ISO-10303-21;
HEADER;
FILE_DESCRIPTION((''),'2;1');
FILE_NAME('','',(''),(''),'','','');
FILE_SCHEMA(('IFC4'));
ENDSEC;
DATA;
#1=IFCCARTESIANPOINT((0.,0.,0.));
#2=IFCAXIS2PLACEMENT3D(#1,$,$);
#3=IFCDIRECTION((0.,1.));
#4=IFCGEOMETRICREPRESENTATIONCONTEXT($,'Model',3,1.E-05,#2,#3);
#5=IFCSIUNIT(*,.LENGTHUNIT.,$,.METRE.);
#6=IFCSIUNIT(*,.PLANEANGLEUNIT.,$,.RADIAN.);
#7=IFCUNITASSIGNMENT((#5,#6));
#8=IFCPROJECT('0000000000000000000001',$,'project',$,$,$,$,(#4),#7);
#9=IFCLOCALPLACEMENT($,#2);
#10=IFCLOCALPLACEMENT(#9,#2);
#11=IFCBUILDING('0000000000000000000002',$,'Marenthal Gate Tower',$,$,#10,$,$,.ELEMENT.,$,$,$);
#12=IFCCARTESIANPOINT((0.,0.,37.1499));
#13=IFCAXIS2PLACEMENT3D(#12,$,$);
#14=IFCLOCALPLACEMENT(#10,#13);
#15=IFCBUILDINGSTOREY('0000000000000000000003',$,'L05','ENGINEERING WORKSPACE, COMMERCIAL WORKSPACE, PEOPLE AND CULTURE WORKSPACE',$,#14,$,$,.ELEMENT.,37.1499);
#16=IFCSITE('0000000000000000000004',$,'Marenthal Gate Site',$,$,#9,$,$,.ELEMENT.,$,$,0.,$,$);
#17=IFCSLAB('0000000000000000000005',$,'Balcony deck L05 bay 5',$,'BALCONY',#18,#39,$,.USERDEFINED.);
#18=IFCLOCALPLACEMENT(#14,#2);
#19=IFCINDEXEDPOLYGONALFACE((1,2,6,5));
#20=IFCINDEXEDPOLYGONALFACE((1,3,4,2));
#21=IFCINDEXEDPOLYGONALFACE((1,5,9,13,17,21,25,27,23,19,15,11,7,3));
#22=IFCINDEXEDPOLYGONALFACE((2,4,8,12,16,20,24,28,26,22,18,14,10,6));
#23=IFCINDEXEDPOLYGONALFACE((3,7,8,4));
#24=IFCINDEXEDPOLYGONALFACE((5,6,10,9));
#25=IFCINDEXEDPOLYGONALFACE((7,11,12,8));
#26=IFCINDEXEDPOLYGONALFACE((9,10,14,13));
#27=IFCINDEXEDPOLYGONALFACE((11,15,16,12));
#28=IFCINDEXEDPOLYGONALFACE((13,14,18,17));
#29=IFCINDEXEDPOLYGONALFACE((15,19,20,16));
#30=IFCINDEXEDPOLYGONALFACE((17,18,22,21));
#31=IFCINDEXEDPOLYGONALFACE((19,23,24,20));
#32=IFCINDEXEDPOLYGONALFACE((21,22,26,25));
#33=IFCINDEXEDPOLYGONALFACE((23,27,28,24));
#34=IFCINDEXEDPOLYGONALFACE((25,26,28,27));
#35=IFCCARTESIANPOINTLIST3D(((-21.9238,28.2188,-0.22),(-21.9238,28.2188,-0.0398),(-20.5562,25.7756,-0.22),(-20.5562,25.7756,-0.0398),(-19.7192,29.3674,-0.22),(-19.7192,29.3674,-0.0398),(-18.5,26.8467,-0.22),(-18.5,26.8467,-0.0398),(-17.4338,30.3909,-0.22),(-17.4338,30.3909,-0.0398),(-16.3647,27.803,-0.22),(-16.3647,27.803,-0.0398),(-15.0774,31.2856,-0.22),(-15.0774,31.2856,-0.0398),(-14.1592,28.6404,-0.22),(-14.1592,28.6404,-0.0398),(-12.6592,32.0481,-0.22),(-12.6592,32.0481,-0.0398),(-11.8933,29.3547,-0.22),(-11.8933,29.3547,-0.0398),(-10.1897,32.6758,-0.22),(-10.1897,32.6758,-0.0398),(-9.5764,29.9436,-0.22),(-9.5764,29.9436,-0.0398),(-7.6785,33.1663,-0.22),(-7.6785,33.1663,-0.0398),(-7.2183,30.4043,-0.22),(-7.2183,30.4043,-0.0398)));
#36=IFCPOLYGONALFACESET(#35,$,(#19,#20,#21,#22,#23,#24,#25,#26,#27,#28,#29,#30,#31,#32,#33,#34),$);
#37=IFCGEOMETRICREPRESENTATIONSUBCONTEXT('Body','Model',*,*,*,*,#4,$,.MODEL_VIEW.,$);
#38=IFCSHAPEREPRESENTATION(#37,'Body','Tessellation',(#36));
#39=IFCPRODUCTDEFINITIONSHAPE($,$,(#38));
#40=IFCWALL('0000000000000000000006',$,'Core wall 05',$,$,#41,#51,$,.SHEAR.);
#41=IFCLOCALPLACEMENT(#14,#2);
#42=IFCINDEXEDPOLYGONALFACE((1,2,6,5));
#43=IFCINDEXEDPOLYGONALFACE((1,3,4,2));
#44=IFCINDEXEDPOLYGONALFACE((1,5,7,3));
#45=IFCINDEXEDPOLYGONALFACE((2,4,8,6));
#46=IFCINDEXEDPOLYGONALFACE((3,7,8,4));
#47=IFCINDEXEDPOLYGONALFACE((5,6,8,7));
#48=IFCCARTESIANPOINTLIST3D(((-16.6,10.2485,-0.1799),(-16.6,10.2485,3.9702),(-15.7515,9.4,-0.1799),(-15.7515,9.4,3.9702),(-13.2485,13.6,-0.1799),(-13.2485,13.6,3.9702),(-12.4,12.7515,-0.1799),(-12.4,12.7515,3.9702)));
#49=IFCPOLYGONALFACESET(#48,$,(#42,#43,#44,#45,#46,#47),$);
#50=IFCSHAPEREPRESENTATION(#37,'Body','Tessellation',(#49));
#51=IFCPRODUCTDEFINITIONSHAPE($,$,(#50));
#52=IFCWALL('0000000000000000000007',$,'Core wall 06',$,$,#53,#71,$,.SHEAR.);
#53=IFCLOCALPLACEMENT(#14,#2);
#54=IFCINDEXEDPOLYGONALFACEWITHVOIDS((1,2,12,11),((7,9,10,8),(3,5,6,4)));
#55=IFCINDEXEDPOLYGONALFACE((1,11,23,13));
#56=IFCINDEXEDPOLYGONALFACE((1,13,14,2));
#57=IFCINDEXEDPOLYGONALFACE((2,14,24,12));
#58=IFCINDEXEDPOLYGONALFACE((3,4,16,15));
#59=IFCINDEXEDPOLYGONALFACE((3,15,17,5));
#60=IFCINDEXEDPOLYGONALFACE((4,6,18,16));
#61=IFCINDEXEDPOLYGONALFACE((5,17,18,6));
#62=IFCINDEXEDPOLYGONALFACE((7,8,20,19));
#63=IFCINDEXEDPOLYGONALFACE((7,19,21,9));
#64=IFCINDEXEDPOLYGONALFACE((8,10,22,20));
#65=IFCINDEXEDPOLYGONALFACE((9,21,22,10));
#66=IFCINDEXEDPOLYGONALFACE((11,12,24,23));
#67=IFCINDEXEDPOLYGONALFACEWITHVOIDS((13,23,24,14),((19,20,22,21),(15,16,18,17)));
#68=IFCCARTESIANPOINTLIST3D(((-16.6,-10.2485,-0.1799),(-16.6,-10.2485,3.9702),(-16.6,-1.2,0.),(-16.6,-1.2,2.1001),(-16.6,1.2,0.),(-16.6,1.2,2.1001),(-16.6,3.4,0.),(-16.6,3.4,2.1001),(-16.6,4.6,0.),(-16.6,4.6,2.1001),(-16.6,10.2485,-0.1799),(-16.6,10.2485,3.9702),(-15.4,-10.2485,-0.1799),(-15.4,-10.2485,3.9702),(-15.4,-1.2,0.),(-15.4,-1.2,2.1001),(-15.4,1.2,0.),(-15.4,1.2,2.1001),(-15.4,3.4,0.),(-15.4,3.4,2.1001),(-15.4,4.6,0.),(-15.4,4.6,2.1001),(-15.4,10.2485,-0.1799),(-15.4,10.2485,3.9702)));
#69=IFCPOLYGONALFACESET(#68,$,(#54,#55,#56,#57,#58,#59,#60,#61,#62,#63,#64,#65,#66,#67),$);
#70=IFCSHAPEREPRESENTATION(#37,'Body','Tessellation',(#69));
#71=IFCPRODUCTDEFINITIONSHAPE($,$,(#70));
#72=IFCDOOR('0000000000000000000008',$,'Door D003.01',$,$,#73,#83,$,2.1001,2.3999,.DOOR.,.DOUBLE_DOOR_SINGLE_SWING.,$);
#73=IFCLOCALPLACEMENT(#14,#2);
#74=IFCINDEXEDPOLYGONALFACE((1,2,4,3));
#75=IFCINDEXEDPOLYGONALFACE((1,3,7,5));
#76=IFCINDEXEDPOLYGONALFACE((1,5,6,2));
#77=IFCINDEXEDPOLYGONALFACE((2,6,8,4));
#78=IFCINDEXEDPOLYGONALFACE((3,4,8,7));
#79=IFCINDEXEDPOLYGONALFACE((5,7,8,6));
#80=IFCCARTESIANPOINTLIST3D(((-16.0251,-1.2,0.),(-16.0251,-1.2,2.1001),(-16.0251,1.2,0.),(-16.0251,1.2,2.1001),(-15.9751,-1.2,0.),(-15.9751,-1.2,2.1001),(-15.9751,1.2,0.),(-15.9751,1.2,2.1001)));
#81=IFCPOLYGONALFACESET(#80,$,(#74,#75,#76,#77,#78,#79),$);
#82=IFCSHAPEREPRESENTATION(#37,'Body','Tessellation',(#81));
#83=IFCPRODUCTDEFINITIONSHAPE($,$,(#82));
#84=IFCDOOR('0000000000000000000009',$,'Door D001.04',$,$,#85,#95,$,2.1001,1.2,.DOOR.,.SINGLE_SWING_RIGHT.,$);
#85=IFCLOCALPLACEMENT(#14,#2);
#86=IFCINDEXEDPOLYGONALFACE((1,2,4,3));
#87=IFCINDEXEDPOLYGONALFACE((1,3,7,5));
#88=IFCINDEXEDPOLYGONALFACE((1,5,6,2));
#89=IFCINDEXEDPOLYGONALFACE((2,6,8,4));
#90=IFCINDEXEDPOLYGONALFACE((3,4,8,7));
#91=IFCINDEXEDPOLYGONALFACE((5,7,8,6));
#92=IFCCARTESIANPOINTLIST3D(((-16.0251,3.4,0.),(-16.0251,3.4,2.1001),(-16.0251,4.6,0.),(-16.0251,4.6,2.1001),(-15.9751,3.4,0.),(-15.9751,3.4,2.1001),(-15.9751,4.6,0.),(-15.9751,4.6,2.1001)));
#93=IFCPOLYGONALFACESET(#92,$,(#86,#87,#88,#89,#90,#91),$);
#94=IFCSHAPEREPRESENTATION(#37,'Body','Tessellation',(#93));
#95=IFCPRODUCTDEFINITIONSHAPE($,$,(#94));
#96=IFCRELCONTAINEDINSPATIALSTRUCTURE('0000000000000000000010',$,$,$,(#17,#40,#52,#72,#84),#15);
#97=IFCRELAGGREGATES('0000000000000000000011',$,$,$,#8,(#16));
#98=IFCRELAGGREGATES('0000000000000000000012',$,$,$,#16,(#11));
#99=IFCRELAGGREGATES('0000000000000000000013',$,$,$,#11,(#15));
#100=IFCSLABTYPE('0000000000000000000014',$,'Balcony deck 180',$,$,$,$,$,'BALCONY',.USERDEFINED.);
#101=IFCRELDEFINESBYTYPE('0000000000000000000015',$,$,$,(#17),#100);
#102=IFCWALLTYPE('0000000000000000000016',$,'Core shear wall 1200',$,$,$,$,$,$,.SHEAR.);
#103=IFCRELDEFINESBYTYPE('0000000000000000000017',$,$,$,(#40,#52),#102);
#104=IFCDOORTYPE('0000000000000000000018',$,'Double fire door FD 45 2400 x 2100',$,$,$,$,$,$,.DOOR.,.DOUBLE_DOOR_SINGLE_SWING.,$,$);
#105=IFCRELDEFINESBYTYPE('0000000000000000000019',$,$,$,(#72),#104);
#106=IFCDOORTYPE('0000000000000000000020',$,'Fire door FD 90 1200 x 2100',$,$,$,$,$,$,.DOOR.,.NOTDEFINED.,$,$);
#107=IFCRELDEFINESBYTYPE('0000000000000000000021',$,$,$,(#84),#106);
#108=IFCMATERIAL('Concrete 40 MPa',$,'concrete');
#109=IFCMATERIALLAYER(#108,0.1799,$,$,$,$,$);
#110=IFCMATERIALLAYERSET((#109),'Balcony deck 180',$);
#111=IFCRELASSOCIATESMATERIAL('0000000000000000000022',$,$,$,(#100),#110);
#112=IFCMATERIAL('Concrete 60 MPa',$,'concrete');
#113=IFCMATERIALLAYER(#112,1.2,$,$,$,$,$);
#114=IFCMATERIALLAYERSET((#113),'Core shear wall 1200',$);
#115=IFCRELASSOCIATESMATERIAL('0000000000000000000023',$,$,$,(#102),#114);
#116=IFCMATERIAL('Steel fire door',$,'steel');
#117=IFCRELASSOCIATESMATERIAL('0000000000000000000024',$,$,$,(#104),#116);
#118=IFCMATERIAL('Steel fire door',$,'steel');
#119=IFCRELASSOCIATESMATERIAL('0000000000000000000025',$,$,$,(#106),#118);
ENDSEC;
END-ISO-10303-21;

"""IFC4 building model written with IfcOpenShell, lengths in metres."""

from ifc_helpers import new_model, si_unit, direction, frame, frame_2d, origin, place, context, subcontext, project, spatial, polyline, rectangle, outline, extrude, material, layer, layer_set, type_object, element, fill, save


model = new_model("IFC4")

# Units and contexts
model_context = context("Model", 3, precision=1e-05, world=origin(), true_north=direction((0.0, 1.0)))
body_context = subcontext(model_context, "Body", "Model", "MODEL_VIEW")
ifc_project = project(units=[si_unit("LENGTHUNIT", "METRE"), si_unit("PLANEANGLEUNIT", "RADIAN")], contexts=[model_context])

# Site, building, storey
site_placement = place(None, origin())
site = spatial("IfcSite", under=ifc_project, at=site_placement, Name="Marenthal Gate Site", CompositionType="ELEMENT", RefElevation=0.0)
building_placement = place(site_placement, origin())
building = spatial("IfcBuilding", under=site, at=building_placement, Name="Marenthal Gate Tower", CompositionType="ELEMENT")
storey_placement = place(building_placement, frame((0.0, 0.0, 37.1499)))
storey = spatial("IfcBuildingStorey", under=building, at=storey_placement, Name="L05", Description="ENGINEERING WORKSPACE, COMMERCIAL WORKSPACE, PEOPLE AND CULTURE WORKSPACE", CompositionType="ELEMENT", Elevation=37.1499)

# Slab
ifc_material_1 = material(Name="Concrete 40 MPa", Category="concrete")
ifc_layer_1 = layer(ifc_material_1, 0.1799)
ifc_layer_set_1 = layer_set([ifc_layer_1], Name="Balcony deck 180")
slab_type = type_object("IfcSlabType", Name="Balcony deck 180", ElementType="BALCONY", PredefinedType="USERDEFINED", material=ifc_layer_set_1)
slab_placement = place(storey_placement, frame((0.0, 0.0, -0.22)))
element("IfcSlab", 1, at=slab_placement, inside=storey, type_object=slab_type, Name="Balcony deck L05 bay 5", ObjectType="BALCONY", PredefinedType="USERDEFINED", context=body_context, shape_type="SweptSolid", body=[
    extrude(outline(polyline([(-7.2183, 30.4043), (-9.5764, 29.9436), (-11.8933, 29.3547), (-14.1592, 28.6404), (-16.3647, 27.803), (-18.5, 26.8467), (-20.5562, 25.7756), (-21.9238, 28.2188), (-19.7192, 29.3674), (-17.4338, 30.3909), (-15.0774, 31.2856), (-12.6592, 32.0481), (-10.1897, 32.6758), (-7.6785, 33.1663), (-7.2183, 30.4043)])), origin(), (0.0, 0.0, 1.0), 0.1802),
])

# Wall
ifc_material_2 = material(Name="Concrete 60 MPa", Category="concrete")
ifc_layer_2 = layer(ifc_material_2, 1.2)
ifc_layer_set_2 = layer_set([ifc_layer_2], Name="Core shear wall 1200")
wall_type_1 = type_object("IfcWallType", Name="Core shear wall 1200", PredefinedType="SHEAR", material=ifc_layer_set_2)
wall_1_placement = place(storey_placement, frame((-12.8242, 13.1758, -0.1799), z_axis=(0.0, 0.0, 1.0), x_axis=(-0.707107, -0.707107, 0.0)))
element("IfcWall", 2, at=wall_1_placement, inside=storey, type_object=wall_type_1, Name="Core wall 05", PredefinedType="SHEAR", context=body_context, shape_type="SweptSolid", body=[
    extrude(rectangle(XDim=4.7397, YDim=1.2, at=frame_2d((2.3699, 0.0))), origin(), (0.0, 0.0, 1.0), 4.1501),
])

# Wall, openings, doors
wall_2_placement = place(storey_placement, frame((-16.0, 10.2485, -0.1799), z_axis=(0.0, 0.0, 1.0), x_axis=(0.0, -1.0, 0.0)))
wall_2 = element("IfcWall", 3, at=wall_2_placement, inside=storey, type_object=wall_type_1, Name="Core wall 06", PredefinedType="SHEAR", context=body_context, shape_type="SweptSolid", body=[
    extrude(rectangle(XDim=20.4971, YDim=1.2, at=frame_2d((10.2485, 0.0))), origin(), (0.0, 0.0, 1.0), 4.1501),
])
opening_1_placement = place(wall_2_placement, frame((9.0486, 0.0, 0.1799)))
opening_1 = element("IfcOpeningElement", 4, at=opening_1_placement, cuts=wall_2, PredefinedType="OPENING", context=body_context, shape_type="SweptSolid", body=[
    extrude(rectangle(XDim=2.3999, YDim=2.1001, at=frame_2d((1.2, 1.05))), frame((0.0, 0.6099, 0.0), z_axis=(0.0, -1.0, 0.0), x_axis=(1.0, 0.0, 0.0)), (0.0, 0.0, 1.0), 1.22),
])
opening_2_placement = place(wall_2_placement, frame((5.6484, 0.0, 0.1799)))
opening_2 = element("IfcOpeningElement", 5, at=opening_2_placement, cuts=wall_2, PredefinedType="OPENING", context=body_context, shape_type="SweptSolid", body=[
    extrude(rectangle(XDim=1.2, YDim=2.1001, at=frame_2d((0.6001, 1.05))), frame((0.0, 0.6099, 0.0), z_axis=(0.0, -1.0, 0.0), x_axis=(1.0, 0.0, 0.0)), (0.0, 0.0, 1.0), 1.22),
])
ifc_material_3 = material(Name="Steel fire door", Category="steel")
door_type_1 = type_object("IfcDoorType", Name="Double fire door FD 45 2400 x 2100", OperationType="DOUBLE_DOOR_SINGLE_SWING", PredefinedType="DOOR", material=ifc_material_3)
door_1_placement = place(opening_1_placement, origin())
door_1 = element("IfcDoor", 6, at=door_1_placement, inside=storey, type_object=door_type_1, Name="Door D003.01", OperationType="DOUBLE_DOOR_SINGLE_SWING", OverallHeight=2.1001, OverallWidth=2.3999, PredefinedType="DOOR", context=body_context, shape_type="SweptSolid", body=[
    extrude(rectangle(XDim=2.3999, YDim=2.1001, at=frame_2d((1.2, 1.05))), frame((0.0, 0.0249, 0.0), z_axis=(0.0, -1.0, 0.0), x_axis=(1.0, 0.0, 0.0)), (0.0, 0.0, 1.0), 0.05),
])
fill(opening_1, door_1)
ifc_material_4 = material(Name="Steel fire door", Category="steel")
door_type_2 = type_object("IfcDoorType", Name="Fire door FD 90 1200 x 2100", OperationType="NOTDEFINED", PredefinedType="DOOR", material=ifc_material_4)
door_2_placement = place(opening_2_placement, origin())
door_2 = element("IfcDoor", 7, at=door_2_placement, inside=storey, type_object=door_type_2, Name="Door D001.04", OperationType="SINGLE_SWING_RIGHT", OverallHeight=2.1001, OverallWidth=1.2, PredefinedType="DOOR", context=body_context, shape_type="SweptSolid", body=[
    extrude(rectangle(XDim=1.2, YDim=2.1001, at=frame_2d((0.6001, 1.05))), frame((0.0, 0.0249, 0.0), z_axis=(0.0, -1.0, 0.0), x_axis=(1.0, 0.0, 0.0)), (0.0, 0.0, 1.0), 0.05),
])
fill(opening_2, door_2)

save(model, "model.ifc")
